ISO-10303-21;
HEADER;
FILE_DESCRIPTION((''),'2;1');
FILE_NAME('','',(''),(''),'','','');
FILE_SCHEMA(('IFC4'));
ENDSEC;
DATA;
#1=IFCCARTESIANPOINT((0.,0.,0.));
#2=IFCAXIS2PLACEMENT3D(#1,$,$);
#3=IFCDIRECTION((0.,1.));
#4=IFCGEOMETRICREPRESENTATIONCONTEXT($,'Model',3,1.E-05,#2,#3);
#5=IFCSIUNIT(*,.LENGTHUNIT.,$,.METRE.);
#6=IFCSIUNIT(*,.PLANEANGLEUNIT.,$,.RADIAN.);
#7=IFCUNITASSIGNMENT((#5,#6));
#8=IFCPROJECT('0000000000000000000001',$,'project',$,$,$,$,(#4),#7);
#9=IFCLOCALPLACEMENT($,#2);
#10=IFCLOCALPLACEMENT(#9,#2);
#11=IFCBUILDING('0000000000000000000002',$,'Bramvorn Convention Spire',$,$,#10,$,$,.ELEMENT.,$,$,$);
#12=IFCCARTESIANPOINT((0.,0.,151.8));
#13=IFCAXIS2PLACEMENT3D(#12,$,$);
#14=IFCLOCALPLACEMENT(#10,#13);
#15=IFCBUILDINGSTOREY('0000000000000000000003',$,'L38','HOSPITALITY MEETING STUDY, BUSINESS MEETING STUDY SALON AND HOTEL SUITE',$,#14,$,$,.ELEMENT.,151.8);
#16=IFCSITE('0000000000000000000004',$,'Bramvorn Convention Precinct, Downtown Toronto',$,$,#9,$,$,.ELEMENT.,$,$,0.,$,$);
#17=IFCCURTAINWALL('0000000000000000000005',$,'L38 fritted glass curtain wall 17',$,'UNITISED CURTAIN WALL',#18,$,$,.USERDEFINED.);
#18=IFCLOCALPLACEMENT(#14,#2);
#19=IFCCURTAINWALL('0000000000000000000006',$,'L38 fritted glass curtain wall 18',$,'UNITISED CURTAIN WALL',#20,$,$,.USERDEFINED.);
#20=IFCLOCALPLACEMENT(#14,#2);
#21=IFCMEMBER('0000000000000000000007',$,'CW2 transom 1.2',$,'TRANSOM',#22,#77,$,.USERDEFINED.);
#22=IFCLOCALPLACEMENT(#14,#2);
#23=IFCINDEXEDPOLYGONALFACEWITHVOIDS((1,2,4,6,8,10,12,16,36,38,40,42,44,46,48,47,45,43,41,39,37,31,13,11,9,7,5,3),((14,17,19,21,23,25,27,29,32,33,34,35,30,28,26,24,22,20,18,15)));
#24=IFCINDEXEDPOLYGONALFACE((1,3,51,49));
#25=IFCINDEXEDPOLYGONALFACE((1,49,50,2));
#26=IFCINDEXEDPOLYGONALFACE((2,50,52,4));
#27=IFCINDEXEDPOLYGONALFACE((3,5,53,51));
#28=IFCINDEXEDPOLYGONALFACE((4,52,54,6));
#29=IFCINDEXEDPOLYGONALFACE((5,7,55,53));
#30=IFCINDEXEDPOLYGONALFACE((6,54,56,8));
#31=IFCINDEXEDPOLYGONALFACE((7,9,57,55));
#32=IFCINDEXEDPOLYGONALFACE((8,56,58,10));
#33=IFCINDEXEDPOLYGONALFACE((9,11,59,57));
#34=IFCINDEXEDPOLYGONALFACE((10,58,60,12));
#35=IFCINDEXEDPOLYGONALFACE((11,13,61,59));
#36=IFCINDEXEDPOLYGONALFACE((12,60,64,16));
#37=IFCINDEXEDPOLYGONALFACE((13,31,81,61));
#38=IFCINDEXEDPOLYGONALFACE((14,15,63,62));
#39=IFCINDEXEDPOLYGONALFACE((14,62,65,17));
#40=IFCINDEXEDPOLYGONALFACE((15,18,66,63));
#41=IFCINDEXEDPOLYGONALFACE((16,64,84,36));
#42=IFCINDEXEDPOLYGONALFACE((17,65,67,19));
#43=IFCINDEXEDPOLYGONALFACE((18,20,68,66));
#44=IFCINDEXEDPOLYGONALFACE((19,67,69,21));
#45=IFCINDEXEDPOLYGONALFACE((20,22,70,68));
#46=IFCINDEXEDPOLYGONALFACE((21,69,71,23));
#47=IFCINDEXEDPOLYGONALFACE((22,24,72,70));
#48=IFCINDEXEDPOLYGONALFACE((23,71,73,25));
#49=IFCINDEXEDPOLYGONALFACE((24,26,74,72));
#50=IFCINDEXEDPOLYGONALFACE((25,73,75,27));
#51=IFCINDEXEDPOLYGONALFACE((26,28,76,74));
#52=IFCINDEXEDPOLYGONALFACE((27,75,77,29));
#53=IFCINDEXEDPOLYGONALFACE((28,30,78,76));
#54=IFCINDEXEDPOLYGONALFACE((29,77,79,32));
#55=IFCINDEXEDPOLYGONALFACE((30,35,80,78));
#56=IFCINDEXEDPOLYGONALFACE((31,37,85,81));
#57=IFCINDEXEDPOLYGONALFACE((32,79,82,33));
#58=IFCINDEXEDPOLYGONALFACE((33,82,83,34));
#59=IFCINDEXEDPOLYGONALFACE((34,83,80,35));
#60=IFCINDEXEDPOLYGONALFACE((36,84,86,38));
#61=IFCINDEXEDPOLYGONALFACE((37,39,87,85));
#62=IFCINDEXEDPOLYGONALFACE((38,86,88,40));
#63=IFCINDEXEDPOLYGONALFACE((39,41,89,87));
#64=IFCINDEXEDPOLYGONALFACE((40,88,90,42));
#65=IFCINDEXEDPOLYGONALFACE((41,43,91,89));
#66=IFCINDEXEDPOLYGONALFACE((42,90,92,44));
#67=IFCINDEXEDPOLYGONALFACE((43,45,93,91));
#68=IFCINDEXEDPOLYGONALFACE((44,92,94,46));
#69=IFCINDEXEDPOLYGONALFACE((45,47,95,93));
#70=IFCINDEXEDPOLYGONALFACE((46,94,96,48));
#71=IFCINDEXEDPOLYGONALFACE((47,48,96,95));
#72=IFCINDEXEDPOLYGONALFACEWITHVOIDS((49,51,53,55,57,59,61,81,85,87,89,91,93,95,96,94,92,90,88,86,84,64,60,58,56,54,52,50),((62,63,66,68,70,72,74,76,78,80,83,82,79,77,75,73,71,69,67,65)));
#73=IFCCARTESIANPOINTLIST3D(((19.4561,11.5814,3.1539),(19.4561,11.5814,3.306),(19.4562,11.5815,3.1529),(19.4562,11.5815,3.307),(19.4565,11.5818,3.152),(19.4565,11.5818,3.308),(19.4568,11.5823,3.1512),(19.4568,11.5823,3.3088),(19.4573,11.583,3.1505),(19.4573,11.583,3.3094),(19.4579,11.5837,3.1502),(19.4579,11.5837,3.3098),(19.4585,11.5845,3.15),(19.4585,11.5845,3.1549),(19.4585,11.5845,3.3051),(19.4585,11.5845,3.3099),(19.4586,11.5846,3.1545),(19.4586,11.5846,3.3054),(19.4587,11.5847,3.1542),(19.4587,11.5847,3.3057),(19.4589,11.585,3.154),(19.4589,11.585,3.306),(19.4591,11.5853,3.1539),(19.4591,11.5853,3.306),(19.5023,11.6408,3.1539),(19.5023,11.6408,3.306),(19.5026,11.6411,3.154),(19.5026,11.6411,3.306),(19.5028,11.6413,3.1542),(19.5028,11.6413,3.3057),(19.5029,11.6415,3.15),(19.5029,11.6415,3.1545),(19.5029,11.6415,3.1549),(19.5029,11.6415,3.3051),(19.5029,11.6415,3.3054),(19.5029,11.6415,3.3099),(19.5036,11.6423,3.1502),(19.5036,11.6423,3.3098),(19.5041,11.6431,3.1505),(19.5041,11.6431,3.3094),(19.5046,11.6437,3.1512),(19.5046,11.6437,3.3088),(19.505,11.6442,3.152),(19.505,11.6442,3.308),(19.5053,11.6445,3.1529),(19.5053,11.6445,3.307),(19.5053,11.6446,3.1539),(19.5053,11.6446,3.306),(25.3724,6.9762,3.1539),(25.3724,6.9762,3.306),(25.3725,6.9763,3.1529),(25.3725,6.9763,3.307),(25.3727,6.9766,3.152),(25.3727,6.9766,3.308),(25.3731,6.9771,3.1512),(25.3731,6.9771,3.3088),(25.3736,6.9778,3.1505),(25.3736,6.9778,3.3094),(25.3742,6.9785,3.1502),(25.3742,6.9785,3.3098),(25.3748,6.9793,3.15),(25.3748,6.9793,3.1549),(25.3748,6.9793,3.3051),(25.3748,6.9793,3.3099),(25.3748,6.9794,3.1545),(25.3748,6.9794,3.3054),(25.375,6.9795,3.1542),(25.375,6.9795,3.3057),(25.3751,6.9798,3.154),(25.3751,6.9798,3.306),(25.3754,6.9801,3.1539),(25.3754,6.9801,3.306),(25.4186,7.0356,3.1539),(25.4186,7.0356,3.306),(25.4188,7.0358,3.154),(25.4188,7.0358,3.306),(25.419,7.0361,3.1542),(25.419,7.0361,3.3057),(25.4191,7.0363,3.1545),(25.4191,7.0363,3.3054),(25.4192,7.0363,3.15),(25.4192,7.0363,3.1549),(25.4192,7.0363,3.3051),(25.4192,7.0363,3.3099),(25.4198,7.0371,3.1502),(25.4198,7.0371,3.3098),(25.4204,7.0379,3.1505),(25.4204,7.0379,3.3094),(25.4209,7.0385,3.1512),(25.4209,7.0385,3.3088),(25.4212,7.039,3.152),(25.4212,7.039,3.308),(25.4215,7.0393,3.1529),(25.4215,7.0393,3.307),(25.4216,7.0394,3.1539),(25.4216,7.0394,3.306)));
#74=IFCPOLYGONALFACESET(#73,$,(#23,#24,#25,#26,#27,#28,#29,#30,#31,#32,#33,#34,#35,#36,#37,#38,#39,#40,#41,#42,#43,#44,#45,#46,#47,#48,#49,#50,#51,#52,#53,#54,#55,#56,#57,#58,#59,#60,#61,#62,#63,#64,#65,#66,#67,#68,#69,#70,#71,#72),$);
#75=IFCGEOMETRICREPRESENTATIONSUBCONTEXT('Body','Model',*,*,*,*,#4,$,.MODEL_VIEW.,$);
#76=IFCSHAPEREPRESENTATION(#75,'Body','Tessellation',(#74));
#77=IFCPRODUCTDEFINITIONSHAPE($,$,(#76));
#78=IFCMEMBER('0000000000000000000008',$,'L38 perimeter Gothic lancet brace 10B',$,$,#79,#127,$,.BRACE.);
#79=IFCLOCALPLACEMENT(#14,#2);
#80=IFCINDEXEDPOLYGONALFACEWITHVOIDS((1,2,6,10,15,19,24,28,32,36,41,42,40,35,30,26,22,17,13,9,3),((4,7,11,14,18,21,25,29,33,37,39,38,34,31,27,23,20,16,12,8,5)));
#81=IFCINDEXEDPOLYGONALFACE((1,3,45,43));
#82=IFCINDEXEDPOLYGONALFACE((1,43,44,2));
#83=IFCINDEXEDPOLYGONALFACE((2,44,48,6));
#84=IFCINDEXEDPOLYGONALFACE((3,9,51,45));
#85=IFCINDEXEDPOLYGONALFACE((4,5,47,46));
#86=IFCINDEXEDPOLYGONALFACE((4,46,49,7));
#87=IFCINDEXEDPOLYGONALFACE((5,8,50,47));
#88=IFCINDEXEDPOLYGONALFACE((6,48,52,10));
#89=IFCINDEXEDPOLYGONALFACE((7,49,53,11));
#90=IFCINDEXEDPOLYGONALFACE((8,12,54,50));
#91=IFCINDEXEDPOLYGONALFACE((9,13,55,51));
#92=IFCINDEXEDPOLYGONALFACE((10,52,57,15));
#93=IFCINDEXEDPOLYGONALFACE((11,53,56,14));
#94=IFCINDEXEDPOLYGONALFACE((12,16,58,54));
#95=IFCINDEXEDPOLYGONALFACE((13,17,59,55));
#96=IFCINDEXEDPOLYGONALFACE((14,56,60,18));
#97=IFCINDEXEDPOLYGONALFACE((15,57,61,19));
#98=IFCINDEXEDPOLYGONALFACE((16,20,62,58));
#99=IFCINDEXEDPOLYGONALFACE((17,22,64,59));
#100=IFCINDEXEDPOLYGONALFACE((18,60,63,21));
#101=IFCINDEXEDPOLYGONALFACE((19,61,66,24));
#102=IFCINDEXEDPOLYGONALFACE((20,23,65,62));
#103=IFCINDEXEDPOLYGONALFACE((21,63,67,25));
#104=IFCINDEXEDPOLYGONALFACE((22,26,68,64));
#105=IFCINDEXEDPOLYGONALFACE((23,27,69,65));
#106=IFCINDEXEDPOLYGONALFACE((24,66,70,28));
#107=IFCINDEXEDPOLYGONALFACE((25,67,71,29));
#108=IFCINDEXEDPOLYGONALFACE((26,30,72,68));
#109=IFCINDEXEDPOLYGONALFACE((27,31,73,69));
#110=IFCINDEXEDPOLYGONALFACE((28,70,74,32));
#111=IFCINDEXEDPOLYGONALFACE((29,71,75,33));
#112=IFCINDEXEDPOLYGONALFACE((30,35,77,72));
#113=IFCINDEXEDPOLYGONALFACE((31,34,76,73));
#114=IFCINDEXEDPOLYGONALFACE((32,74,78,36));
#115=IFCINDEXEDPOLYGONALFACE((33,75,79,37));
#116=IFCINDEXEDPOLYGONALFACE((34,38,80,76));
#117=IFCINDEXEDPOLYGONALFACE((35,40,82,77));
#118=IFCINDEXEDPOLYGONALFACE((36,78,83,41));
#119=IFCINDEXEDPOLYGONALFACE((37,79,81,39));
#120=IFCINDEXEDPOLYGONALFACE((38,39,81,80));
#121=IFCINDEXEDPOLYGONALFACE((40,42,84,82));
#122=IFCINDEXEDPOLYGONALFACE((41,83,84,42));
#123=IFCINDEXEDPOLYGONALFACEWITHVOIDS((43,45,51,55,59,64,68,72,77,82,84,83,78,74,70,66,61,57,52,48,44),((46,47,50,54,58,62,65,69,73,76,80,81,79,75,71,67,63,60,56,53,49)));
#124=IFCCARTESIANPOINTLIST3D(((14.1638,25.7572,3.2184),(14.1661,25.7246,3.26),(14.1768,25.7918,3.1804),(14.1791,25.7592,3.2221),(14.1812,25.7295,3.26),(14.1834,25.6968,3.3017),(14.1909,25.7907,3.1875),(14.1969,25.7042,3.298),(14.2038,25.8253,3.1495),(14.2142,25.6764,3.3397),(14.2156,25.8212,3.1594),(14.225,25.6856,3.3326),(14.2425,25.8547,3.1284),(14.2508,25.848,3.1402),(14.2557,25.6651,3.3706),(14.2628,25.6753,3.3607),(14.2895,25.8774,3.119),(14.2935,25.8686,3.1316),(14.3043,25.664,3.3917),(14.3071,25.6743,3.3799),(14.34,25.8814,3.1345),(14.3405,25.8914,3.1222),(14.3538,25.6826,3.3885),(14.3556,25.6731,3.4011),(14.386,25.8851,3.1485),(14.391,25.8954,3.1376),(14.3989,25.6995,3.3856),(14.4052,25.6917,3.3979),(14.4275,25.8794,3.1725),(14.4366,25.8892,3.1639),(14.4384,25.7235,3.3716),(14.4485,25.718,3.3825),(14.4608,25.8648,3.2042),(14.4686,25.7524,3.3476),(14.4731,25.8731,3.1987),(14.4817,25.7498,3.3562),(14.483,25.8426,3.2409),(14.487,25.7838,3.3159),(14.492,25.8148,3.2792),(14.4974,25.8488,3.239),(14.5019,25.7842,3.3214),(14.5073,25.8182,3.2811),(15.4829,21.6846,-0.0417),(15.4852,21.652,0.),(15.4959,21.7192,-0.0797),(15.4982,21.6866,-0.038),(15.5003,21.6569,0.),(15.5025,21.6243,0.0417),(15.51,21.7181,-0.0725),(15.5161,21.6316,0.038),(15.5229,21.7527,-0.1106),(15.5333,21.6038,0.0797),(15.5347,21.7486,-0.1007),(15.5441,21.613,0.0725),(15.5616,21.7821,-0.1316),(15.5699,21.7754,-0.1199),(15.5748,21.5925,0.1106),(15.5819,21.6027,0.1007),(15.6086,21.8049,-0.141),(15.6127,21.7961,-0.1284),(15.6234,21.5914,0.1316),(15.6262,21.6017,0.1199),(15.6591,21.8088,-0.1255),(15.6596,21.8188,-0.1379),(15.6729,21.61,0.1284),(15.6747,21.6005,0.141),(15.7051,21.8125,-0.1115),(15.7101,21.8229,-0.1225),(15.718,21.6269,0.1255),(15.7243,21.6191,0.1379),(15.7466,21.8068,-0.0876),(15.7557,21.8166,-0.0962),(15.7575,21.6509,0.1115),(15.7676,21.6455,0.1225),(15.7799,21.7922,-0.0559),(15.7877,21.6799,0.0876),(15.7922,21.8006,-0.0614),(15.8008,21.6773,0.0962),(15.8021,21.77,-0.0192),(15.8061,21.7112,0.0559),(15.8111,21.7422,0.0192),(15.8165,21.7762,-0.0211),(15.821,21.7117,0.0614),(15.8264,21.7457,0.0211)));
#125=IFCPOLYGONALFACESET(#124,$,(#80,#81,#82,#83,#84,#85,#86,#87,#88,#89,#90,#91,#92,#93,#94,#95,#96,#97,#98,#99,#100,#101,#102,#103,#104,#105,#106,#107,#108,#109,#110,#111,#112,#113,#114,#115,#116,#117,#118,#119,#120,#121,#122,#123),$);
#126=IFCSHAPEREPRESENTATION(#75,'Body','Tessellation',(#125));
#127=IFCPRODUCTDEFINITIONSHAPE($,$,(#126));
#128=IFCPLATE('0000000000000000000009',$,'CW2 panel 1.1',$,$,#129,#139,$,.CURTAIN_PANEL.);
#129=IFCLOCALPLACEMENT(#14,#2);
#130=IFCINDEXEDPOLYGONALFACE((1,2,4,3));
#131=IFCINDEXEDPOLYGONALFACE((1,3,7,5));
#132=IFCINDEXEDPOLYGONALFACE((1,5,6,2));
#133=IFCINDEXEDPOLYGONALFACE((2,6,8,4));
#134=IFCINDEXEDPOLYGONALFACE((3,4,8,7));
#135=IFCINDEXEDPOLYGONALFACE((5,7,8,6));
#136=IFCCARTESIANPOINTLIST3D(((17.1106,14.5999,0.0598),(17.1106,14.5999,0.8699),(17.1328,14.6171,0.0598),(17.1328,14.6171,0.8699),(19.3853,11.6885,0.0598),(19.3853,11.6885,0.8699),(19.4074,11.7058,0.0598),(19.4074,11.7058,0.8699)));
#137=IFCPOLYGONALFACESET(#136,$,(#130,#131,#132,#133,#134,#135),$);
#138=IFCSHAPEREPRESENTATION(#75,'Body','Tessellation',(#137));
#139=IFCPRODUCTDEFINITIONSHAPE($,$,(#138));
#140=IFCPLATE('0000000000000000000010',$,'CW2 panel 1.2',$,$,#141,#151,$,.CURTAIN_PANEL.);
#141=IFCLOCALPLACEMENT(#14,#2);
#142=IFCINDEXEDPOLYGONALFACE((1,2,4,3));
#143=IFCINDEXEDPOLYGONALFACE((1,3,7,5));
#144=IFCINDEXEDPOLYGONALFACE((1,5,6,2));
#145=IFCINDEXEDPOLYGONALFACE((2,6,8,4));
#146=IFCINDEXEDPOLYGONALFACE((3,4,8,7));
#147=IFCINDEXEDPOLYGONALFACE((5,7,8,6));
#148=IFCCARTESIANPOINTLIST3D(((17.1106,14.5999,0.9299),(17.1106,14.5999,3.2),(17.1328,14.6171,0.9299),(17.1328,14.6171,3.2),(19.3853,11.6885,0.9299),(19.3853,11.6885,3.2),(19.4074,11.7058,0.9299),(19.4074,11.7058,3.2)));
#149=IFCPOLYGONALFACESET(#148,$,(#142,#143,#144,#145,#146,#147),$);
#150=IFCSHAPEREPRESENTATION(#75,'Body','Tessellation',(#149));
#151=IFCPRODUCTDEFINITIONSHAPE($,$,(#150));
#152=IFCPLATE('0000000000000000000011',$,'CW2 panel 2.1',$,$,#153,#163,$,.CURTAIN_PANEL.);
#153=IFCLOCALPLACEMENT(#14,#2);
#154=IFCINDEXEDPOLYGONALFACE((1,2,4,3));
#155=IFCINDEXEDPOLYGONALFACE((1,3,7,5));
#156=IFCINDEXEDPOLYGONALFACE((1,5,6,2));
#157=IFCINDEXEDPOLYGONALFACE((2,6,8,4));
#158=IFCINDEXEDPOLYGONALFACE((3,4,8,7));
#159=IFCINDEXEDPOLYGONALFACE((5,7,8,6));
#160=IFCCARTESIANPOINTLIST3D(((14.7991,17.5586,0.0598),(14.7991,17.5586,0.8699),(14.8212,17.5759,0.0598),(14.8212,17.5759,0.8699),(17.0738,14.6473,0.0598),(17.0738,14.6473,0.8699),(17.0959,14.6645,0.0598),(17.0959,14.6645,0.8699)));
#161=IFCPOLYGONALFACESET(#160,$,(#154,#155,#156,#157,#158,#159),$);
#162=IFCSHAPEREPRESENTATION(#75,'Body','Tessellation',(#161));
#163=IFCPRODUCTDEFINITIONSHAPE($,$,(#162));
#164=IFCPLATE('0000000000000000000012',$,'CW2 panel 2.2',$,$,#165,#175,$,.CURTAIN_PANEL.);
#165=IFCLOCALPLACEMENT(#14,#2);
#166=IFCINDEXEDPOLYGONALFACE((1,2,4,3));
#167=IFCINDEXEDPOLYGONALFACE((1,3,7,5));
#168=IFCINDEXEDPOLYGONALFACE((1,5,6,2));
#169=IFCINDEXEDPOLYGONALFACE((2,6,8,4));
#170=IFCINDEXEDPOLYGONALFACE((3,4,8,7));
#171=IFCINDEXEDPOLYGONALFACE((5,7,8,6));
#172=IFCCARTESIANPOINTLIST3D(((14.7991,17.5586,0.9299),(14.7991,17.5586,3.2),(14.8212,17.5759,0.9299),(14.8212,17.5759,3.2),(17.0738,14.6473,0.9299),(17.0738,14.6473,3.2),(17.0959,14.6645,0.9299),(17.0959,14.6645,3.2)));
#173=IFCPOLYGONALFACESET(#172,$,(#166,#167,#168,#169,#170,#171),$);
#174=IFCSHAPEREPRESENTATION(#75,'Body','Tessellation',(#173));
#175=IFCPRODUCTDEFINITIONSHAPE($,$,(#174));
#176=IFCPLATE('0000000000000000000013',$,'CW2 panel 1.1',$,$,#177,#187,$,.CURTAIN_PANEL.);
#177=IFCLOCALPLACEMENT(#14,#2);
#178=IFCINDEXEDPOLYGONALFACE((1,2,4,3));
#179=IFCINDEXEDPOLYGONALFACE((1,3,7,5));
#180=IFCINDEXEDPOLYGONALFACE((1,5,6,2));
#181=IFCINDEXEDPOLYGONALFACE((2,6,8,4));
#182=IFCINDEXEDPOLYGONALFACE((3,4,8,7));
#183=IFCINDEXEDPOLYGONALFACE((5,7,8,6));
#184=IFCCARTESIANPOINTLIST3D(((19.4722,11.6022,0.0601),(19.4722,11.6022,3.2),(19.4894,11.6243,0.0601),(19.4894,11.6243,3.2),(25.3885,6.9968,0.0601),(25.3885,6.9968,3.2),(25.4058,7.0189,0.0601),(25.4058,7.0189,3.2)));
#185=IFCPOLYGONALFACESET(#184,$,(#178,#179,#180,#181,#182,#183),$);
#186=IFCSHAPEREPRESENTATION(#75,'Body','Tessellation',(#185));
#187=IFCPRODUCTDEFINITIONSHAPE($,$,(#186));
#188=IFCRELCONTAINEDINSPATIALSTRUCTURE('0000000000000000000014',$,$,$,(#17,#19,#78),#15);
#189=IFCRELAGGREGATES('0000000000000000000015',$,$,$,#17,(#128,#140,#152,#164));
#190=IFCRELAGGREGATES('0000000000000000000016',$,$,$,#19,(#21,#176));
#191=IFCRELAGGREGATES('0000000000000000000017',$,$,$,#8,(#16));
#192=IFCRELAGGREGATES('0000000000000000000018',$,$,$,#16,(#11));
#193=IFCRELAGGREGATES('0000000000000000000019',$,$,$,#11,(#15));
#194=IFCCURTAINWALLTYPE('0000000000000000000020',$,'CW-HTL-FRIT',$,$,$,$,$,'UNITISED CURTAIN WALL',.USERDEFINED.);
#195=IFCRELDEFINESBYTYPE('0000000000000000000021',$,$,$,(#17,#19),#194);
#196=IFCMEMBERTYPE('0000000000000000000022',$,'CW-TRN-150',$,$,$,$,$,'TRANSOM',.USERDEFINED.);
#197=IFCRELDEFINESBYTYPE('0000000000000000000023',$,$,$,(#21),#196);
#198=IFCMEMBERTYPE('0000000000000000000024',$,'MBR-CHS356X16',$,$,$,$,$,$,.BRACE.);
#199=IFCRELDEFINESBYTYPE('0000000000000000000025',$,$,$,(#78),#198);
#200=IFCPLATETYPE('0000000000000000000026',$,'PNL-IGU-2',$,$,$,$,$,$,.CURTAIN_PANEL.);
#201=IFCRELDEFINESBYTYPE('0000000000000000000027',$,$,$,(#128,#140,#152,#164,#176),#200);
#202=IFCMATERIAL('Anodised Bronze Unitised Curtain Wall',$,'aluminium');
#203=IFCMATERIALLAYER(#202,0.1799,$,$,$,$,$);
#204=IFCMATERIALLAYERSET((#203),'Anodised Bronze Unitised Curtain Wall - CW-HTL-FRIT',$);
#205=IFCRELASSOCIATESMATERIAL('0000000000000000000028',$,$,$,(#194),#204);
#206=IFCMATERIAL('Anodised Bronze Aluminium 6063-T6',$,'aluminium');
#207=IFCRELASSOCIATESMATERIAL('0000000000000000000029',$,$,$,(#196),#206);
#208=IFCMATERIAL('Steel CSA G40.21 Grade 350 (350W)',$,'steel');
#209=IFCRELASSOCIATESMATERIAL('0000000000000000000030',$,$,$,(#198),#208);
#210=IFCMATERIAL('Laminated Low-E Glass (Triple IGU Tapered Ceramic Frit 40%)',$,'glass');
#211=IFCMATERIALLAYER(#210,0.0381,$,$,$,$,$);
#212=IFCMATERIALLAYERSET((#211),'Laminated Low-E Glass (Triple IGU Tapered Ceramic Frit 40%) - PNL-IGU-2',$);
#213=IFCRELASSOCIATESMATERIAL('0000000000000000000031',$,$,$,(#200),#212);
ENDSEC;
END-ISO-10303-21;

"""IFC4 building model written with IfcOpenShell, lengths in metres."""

from ifc_helpers import new_model, si_unit, direction, frame, origin, origin_2d, place, context, subcontext, project, spatial, rectangle, hollow_rectangle, hollow_circle, extrude, material, layer, layer_set, material_profile, profile_set, type_object, element, aggregate, save


model = new_model("IFC4")

# Units and contexts
model_context = context("Model", 3, precision=1e-05, world=origin(), true_north=direction((0.0, 1.0)))
body_context = subcontext(model_context, "Body", "Model", "MODEL_VIEW")
ifc_project = project(units=[si_unit("LENGTHUNIT", "METRE"), si_unit("PLANEANGLEUNIT", "RADIAN")], contexts=[model_context])

# Site, building, storey
site_placement = place(None, origin())
site = spatial("IfcSite", under=ifc_project, at=site_placement, Name="Bramvorn Convention Precinct, Downtown Toronto", CompositionType="ELEMENT", RefElevation=0.0)
building_placement = place(site_placement, origin())
building = spatial("IfcBuilding", under=site, at=building_placement, Name="Bramvorn Convention Spire", CompositionType="ELEMENT")
storey_placement = place(building_placement, frame((0.0, 0.0, 151.8)))
storey = spatial("IfcBuildingStorey", under=building, at=storey_placement, Name="L38", Description="HOSPITALITY MEETING STUDY, BUSINESS MEETING STUDY SALON AND HOTEL SUITE", CompositionType="ELEMENT", Elevation=151.8)

# Shared definitions
ifc_material_1 = material(Name="Steel CSA G40.21 Grade 350 (350W)", Category="steel")

# Curtain walls
ifc_material_2 = material(Name="Anodised Bronze Unitised Curtain Wall", Category="aluminium")
ifc_layer_1 = layer(ifc_material_2, 0.1799)
ifc_layer_set_1 = layer_set([ifc_layer_1], Name="Anodised Bronze Unitised Curtain Wall - CW-HTL-FRIT")
curtain_wall_type = type_object("IfcCurtainWallType", Name="CW-HTL-FRIT", ElementType="UNITISED CURTAIN WALL", PredefinedType="USERDEFINED", material=ifc_layer_set_1)
curtain_wall_1_placement = place(storey_placement, origin())
curtain_wall_1 = element("IfcCurtainWall", 1, at=curtain_wall_1_placement, inside=storey, type_object=curtain_wall_type, Name="L38 fritted glass curtain wall 17", ObjectType="UNITISED CURTAIN WALL", PredefinedType="USERDEFINED")
ifc_material_3 = material(Name="Anodised Bronze Aluminium 6063-T6", Category="aluminium")
curtain_wall_2_placement = place(storey_placement, origin())
curtain_wall_2 = element("IfcCurtainWall", 2, at=curtain_wall_2_placement, inside=storey, type_object=curtain_wall_type, Name="L38 fritted glass curtain wall 18", ObjectType="UNITISED CURTAIN WALL", PredefinedType="USERDEFINED")

# Members
ifc_material_profile_1 = material_profile(ifc_material_3, hollow_rectangle(XDim=0.0801, YDim=0.1599, WallThickness=0.0039, InnerFilletRadius=0.001, OuterFilletRadius=0.0039, at=origin_2d()))
ifc_profile_set_1 = profile_set([ifc_material_profile_1], Name="Anodised Bronze Aluminium 6063-T6 - CWT80X160")
member_type_1 = type_object("IfcMemberType", Name="CW-TRN-150", ElementType="TRANSOM", PredefinedType="USERDEFINED", material=ifc_profile_set_1)
member_1_placement = place(storey_placement, frame((25.397, 7.0078, 3.23), z_axis=(-0.789114, 0.614247, 0.0), x_axis=(-0.614247, -0.789114, 0.0)))
member_1 = element("IfcMember", 3, at=member_1_placement, type_object=member_type_1, Name="CW2 transom 1.2", ObjectType="TRANSOM", PredefinedType="USERDEFINED", context=body_context, shape_type="SweptSolid", body=[
    extrude(hollow_rectangle(XDim=0.0801, YDim=0.1599, WallThickness=0.0039, InnerFilletRadius=0.001, OuterFilletRadius=0.0039, at=origin_2d()), origin(), (0.0, 0.0, 1.0), 7.4973),
])
ifc_material_profile_2 = material_profile(ifc_material_1, hollow_circle(Radius=0.1777, WallThickness=0.0159, at=origin_2d()))
ifc_profile_set_2 = profile_set([ifc_material_profile_2], Name="Steel CSA G40.21 Grade 350 (350W) - CHS356X16")
member_type_2 = type_object("IfcMemberType", Name="MBR-CHS356X16", PredefinedType="BRACE", material=ifc_profile_set_2)
member_2_placement = place(storey_placement, frame((15.6543, 21.7068, 0.0), z_axis=(-0.245148, 0.75686, 0.60586), x_axis=(-0.951341, -0.308141, 0.0)))
element("IfcMember", 4, at=member_2_placement, inside=storey, type_object=member_type_2, Name="L38 perimeter Gothic lancet brace 10B", PredefinedType="BRACE", context=body_context, shape_type="SweptSolid", body=[
    extrude(hollow_circle(Radius=0.1777, WallThickness=0.0159, at=origin_2d()), origin(), (0.0, 0.0, 1.0), 5.3809),
])

# Plates
ifc_material_4 = material(Name="Laminated Low-E Glass (Triple IGU Tapered Ceramic Frit 40%)", Category="glass")
ifc_layer_2 = layer(ifc_material_4, 0.0381)
ifc_layer_set_2 = layer_set([ifc_layer_2], Name="Laminated Low-E Glass (Triple IGU Tapered Ceramic Frit 40%) - PNL-IGU-2")
plate_type = type_object("IfcPlateType", Name="PNL-IGU-2", PredefinedType="CURTAIN_PANEL", material=ifc_layer_set_2)
plate_1_placement = place(storey_placement, frame((18.259, 13.1528, 0.0598), z_axis=(0.0, 0.0, 1.0), x_axis=(-0.615671, 0.788003, 0.0)))
plate_1 = element("IfcPlate", 5, at=plate_1_placement, type_object=plate_type, Name="CW2 panel 1.1", PredefinedType="CURTAIN_PANEL", context=body_context, shape_type="SweptSolid", body=[
    extrude(rectangle(XDim=3.6946, YDim=0.0281, at=origin_2d()), origin(), (0.0, 0.0, 1.0), 0.8101),
])
plate_2_placement = place(storey_placement, frame((18.259, 13.1528, 0.9299), z_axis=(0.0, 0.0, 1.0), x_axis=(-0.615671, 0.788003, 0.0)))
plate_2 = element("IfcPlate", 6, at=plate_2_placement, type_object=plate_type, Name="CW2 panel 1.2", PredefinedType="CURTAIN_PANEL", context=body_context, shape_type="SweptSolid", body=[
    extrude(rectangle(XDim=3.6946, YDim=0.0281, at=origin_2d()), origin(), (0.0, 0.0, 1.0), 2.27),
])
plate_3_placement = place(storey_placement, frame((15.9475, 16.1116, 0.0598), z_axis=(0.0, 0.0, 1.0), x_axis=(-0.615671, 0.788003, 0.0)))
plate_3 = element("IfcPlate", 7, at=plate_3_placement, type_object=plate_type, Name="CW2 panel 2.1", PredefinedType="CURTAIN_PANEL", context=body_context, shape_type="SweptSolid", body=[
    extrude(rectangle(XDim=3.6946, YDim=0.0281, at=origin_2d()), origin(), (0.0, 0.0, 1.0), 0.8101),
])
plate_4_placement = place(storey_placement, frame((15.9475, 16.1116, 0.9299), z_axis=(0.0, 0.0, 1.0), x_axis=(-0.615671, 0.788003, 0.0)))
plate_4 = element("IfcPlate", 8, at=plate_4_placement, type_object=plate_type, Name="CW2 panel 2.2", PredefinedType="CURTAIN_PANEL", context=body_context, shape_type="SweptSolid", body=[
    extrude(rectangle(XDim=3.6946, YDim=0.0281, at=origin_2d()), origin(), (0.0, 0.0, 1.0), 2.27),
])
aggregate(curtain_wall_1, [plate_1, plate_2, plate_3, plate_4])
plate_5_placement = place(storey_placement, frame((22.439, 9.3105, 0.0601), z_axis=(0.0, 0.0, 1.0), x_axis=(-0.789105, 0.614258, 0.0)))
plate_5 = element("IfcPlate", 9, at=plate_5_placement, type_object=plate_type, Name="CW2 panel 1.1", PredefinedType="CURTAIN_PANEL", context=body_context, shape_type="SweptSolid", body=[
    extrude(rectangle(XDim=7.4976, YDim=0.0281, at=origin_2d()), origin(), (0.0, 0.0, 1.0), 3.1399),
])
aggregate(curtain_wall_2, [member_1, plate_5])

save(model, "model.ifc")
